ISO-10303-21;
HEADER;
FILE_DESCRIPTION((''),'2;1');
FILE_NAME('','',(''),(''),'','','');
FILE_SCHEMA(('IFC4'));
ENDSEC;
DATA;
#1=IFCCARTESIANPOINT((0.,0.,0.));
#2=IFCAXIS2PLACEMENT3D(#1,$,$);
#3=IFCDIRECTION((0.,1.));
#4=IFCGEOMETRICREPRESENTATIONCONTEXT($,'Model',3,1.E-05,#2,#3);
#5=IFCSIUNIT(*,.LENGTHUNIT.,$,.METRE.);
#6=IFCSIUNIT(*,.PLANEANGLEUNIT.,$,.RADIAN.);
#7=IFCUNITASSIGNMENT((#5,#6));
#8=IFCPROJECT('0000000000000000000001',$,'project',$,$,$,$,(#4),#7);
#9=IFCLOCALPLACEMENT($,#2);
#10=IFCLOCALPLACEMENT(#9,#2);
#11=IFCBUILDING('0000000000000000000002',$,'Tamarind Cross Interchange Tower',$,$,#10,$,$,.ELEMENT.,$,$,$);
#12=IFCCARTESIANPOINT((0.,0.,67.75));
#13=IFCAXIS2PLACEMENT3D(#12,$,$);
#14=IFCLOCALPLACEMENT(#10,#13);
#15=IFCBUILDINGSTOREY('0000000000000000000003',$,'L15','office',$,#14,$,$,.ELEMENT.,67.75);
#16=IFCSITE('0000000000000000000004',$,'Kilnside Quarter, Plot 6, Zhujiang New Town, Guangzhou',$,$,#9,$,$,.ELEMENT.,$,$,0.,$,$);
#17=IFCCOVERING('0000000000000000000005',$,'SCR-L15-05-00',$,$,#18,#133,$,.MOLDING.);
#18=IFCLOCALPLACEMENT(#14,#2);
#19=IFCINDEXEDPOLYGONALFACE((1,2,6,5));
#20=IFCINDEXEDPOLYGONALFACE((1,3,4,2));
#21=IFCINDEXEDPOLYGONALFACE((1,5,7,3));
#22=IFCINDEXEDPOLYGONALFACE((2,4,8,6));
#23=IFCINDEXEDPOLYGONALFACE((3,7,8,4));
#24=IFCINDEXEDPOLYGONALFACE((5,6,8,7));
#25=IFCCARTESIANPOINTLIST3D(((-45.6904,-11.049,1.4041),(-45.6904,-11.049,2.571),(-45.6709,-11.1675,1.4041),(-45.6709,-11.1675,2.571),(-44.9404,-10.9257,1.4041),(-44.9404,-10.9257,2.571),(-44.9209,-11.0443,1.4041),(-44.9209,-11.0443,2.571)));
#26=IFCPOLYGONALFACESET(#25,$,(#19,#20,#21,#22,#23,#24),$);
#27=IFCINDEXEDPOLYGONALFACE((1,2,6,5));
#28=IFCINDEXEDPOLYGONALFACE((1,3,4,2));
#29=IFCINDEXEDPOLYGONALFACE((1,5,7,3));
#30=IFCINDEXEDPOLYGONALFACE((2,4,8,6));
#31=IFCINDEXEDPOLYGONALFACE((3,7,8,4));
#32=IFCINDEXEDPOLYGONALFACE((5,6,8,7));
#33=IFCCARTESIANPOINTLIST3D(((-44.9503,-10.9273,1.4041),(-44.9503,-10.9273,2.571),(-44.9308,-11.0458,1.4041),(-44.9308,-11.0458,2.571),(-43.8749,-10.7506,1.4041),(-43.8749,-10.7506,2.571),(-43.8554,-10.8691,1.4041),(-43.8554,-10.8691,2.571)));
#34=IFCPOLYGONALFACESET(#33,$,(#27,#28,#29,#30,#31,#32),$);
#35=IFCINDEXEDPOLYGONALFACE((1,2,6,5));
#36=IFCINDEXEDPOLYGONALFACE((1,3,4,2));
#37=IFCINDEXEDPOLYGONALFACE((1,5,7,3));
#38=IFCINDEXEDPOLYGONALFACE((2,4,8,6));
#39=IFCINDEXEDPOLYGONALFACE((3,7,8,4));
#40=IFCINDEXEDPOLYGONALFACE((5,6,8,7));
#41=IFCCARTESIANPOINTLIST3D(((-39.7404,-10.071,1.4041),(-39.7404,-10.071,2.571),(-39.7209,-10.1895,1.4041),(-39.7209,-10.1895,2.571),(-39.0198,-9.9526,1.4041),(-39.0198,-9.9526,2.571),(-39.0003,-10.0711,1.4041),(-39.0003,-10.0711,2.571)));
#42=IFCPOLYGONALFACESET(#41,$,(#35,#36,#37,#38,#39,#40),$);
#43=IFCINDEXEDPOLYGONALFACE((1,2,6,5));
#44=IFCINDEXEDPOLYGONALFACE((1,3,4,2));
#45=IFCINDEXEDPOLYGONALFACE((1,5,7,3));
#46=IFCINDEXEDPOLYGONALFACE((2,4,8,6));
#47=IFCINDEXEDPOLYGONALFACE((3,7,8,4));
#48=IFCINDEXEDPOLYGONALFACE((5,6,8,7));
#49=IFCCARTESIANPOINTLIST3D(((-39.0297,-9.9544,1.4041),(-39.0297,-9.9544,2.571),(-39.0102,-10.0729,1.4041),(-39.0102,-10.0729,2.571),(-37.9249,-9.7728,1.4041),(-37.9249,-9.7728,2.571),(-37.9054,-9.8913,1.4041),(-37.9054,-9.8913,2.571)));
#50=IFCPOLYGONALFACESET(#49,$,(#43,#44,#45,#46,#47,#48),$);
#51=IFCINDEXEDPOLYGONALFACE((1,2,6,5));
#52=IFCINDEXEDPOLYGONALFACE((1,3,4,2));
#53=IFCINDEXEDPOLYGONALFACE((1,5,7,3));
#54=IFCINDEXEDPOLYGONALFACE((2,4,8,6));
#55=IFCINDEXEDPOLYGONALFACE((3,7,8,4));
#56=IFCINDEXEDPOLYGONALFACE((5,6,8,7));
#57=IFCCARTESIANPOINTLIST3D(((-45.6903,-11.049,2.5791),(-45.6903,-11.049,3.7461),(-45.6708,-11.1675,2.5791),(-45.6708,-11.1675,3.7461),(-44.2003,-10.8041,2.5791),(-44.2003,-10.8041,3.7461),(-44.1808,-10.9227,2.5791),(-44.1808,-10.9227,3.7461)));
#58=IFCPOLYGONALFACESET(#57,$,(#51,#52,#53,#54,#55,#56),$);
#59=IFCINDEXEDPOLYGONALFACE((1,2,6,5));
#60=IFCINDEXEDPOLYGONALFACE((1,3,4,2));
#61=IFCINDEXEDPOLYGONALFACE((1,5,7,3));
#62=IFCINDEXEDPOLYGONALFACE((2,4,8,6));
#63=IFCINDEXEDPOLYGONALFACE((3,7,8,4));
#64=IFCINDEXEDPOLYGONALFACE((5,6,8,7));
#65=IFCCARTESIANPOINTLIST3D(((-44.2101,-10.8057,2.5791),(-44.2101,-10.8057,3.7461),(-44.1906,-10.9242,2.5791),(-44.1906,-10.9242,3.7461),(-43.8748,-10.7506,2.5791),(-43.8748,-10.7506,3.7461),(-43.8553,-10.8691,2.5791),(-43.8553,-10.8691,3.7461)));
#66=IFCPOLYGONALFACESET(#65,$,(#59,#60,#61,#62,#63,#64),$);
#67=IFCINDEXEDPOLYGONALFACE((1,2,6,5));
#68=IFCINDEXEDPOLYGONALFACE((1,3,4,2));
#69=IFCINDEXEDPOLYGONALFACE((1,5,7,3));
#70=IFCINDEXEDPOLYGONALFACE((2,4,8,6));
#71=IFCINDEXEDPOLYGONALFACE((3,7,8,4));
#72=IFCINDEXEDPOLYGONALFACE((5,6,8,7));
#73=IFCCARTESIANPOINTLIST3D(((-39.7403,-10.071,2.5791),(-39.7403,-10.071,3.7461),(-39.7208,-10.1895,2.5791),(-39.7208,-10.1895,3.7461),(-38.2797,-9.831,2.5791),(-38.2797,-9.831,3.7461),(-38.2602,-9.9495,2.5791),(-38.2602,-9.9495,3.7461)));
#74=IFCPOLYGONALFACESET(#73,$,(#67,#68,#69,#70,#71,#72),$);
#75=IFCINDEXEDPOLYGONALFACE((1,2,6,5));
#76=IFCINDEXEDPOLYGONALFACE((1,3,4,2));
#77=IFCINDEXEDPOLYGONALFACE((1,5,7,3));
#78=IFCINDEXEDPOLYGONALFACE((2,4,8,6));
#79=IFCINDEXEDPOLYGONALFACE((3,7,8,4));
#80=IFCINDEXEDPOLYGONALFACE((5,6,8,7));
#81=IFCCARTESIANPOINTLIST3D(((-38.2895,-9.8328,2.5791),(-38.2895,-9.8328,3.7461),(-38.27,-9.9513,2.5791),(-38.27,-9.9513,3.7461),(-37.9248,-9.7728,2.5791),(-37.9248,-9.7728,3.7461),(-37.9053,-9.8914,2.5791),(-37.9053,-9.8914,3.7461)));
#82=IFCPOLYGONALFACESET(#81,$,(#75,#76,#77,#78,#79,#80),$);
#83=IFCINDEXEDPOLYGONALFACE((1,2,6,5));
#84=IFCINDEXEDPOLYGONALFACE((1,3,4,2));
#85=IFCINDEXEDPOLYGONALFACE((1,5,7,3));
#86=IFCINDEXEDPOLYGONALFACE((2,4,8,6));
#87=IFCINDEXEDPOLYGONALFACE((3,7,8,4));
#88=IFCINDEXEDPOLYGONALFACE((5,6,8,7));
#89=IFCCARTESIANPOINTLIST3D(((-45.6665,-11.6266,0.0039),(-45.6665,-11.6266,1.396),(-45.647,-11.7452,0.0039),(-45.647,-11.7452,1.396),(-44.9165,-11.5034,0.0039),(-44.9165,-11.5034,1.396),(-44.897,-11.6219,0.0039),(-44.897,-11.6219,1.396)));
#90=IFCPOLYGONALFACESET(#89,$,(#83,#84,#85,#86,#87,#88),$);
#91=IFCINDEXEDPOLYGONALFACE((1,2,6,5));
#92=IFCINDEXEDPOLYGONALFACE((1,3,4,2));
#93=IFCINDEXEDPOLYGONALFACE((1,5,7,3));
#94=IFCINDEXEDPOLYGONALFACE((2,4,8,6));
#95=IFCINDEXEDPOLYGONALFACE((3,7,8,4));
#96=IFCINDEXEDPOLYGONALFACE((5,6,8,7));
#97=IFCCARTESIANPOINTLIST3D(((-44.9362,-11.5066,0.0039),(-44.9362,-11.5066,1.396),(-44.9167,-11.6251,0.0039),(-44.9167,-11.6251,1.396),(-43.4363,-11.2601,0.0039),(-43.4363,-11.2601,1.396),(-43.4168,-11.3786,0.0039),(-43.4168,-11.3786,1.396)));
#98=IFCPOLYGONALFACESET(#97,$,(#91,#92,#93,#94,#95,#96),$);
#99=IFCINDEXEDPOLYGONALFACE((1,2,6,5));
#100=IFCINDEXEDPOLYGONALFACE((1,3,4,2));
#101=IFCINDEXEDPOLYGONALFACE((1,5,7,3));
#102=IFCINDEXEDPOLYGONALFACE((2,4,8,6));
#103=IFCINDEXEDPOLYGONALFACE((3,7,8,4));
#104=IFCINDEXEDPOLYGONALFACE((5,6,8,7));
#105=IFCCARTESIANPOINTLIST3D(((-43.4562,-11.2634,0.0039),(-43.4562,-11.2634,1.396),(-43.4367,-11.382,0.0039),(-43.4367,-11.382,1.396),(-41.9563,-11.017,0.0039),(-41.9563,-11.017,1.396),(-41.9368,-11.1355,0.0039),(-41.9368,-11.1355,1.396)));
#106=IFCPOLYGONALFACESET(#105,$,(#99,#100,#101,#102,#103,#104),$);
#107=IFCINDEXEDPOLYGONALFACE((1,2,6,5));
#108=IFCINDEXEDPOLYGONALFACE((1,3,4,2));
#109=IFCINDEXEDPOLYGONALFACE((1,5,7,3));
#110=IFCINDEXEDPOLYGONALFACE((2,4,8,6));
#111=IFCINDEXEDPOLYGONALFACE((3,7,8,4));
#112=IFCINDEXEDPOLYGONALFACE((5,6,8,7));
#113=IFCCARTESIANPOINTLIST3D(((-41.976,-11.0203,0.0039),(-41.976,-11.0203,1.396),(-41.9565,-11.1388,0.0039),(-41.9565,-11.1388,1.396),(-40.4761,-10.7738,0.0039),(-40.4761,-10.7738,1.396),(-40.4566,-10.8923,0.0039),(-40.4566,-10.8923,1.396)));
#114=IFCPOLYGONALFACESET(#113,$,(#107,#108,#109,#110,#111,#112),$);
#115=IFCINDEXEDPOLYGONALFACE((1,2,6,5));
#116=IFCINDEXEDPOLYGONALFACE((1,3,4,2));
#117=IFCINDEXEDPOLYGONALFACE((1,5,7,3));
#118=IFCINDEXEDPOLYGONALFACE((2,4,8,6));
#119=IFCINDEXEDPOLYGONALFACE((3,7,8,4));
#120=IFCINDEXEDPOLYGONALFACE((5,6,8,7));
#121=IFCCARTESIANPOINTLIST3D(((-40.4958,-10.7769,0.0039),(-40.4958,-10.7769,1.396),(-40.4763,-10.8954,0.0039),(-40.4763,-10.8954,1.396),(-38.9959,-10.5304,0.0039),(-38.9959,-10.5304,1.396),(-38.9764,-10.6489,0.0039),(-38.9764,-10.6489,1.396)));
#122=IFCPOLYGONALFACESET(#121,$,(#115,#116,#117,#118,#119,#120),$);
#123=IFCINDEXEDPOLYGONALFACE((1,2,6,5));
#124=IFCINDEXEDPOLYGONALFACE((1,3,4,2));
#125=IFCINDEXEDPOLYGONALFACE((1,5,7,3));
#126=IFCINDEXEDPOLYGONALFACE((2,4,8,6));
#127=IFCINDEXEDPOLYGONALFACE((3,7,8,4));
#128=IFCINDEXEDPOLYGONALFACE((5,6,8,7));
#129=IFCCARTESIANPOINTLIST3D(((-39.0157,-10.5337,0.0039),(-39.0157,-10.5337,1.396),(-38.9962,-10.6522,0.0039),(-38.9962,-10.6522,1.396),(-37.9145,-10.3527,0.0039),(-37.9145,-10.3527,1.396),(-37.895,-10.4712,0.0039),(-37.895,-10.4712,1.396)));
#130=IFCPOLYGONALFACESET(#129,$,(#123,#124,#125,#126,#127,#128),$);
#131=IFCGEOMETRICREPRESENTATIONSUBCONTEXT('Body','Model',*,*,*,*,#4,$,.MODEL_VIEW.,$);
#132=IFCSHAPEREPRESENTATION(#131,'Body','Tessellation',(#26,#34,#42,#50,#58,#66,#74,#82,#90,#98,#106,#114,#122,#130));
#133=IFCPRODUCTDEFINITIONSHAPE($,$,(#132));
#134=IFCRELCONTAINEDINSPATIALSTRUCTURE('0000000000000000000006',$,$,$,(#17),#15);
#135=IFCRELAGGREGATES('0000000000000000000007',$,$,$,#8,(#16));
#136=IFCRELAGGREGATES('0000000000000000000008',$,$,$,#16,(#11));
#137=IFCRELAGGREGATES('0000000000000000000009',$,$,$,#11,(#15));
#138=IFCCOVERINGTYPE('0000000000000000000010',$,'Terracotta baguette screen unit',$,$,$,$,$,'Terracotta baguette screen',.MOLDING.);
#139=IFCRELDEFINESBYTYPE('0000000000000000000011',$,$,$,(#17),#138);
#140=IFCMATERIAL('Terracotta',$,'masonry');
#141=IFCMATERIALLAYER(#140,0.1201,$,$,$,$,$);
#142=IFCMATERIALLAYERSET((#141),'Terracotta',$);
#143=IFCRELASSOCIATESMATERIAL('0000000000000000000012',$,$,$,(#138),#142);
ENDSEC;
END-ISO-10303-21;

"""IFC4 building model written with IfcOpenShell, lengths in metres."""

from ifc_helpers import new_model, si_unit, direction, frame, origin, origin_2d, place, context, subcontext, project, spatial, rectangle, extrude, material, layer, layer_set, type_object, element, save


model = new_model("IFC4")

# Units and contexts
model_context = context("Model", 3, precision=1e-05, world=origin(), true_north=direction((0.0, 1.0)))
body_context = subcontext(model_context, "Body", "Model", "MODEL_VIEW")
ifc_project = project(units=[si_unit("LENGTHUNIT", "METRE"), si_unit("PLANEANGLEUNIT", "RADIAN")], contexts=[model_context])

# Site, building, storey
site_placement = place(None, origin())
site = spatial("IfcSite", under=ifc_project, at=site_placement, Name="Kilnside Quarter, Plot 6, Zhujiang New Town, Guangzhou", CompositionType="ELEMENT", RefElevation=0.0)
building_placement = place(site_placement, origin())
building = spatial("IfcBuilding", under=site, at=building_placement, Name="Tamarind Cross Interchange Tower", CompositionType="ELEMENT")
storey_placement = place(building_placement, frame((0.0, 0.0, 67.75)))
storey = spatial("IfcBuildingStorey", under=building, at=storey_placement, Name="L15", Description="office", CompositionType="ELEMENT", Elevation=67.75)

# Covering
ifc_material_1 = material(Name="Terracotta", Category="masonry")
ifc_layer_1 = layer(ifc_material_1, 0.1201)
ifc_layer_set_1 = layer_set([ifc_layer_1], Name="Terracotta")
covering_type = type_object("IfcCoveringType", Name="Terracotta baguette screen unit", ElementType="Terracotta baguette screen", PredefinedType="MOLDING", material=ifc_layer_set_1)
covering_1_placement = place(storey_placement, origin())
element("IfcCovering", 1, at=covering_1_placement, inside=storey, type_object=covering_type, Name="SCR-L15-05-00", PredefinedType="MOLDING", context=body_context, shape_type="SweptSolid", body=[
    extrude(rectangle(XDim=0.76, YDim=0.1201, at=origin_2d()), frame((-45.3057, -11.0466, 1.4041), z_axis=(0.0, 0.0, 1.0), x_axis=(0.986764, 0.162164, 0.0)), (0.0, 0.0, 1.0), 1.167),
    extrude(rectangle(XDim=1.0898, YDim=0.1201, at=origin_2d()), frame((-44.4028, -10.8982, 1.4041), z_axis=(0.0, 0.0, 1.0), x_axis=(0.986764, 0.162164, 0.0)), (0.0, 0.0, 1.0), 1.167),
    extrude(rectangle(XDim=0.7302, YDim=0.1201, at=origin_2d()), frame((-39.3704, -10.071, 1.4041), z_axis=(0.0, 0.0, 1.0), x_axis=(0.986764, 0.162164, 0.0)), (0.0, 0.0, 1.0), 1.167),
    extrude(rectangle(XDim=1.1196, YDim=0.1201, at=origin_2d()), frame((-38.4675, -9.9229, 1.4041), z_axis=(0.0, 0.0, 1.0), x_axis=(0.986764, 0.162164, 0.0)), (0.0, 0.0, 1.0), 1.167),
    extrude(rectangle(XDim=1.51, YDim=0.1201, at=origin_2d()), frame((-44.9355, -10.9858, 2.5791), z_axis=(0.0, 0.0, 1.0), x_axis=(0.986764, 0.162164, 0.0)), (0.0, 0.0, 1.0), 1.167),
    extrude(rectangle(XDim=0.3398, YDim=0.1201, at=origin_2d()), frame((-44.0327, -10.8374, 2.5791), z_axis=(0.0, 0.0, 1.0), x_axis=(0.986764, 0.162164, 0.0)), (0.0, 0.0, 1.0), 1.167),
    extrude(rectangle(XDim=1.4802, YDim=0.1201, at=origin_2d()), frame((-39.0002, -10.0103, 2.5791), z_axis=(0.0, 0.0, 1.0), x_axis=(0.986764, 0.162164, 0.0)), (0.0, 0.0, 1.0), 1.167),
    extrude(rectangle(XDim=0.3696, YDim=0.1201, at=origin_2d()), frame((-38.0974, -9.8621, 2.5791), z_axis=(0.0, 0.0, 1.0), x_axis=(0.986764, 0.162164, 0.0)), (0.0, 0.0, 1.0), 1.167),
    extrude(rectangle(XDim=0.76, YDim=0.1201, at=origin_2d()), frame((-45.2817, -11.6243, 0.0039), z_axis=(0.0, 0.0, 1.0), x_axis=(0.986764, 0.162164, 0.0)), (0.0, 0.0, 1.0), 1.3921),
    extrude(rectangle(XDim=1.52, YDim=0.1201, at=origin_2d()), frame((-44.1765, -11.4426, 0.0039), z_axis=(0.0, 0.0, 1.0), x_axis=(0.986764, 0.162164, 0.0)), (0.0, 0.0, 1.0), 1.3921),
    extrude(rectangle(XDim=1.52, YDim=0.1201, at=origin_2d()), frame((-42.6965, -11.1995, 0.0039), z_axis=(0.0, 0.0, 1.0), x_axis=(0.986764, 0.162164, 0.0)), (0.0, 0.0, 1.0), 1.3921),
    extrude(rectangle(XDim=1.52, YDim=0.1201, at=origin_2d()), frame((-41.2163, -10.9563, 0.0039), z_axis=(0.0, 0.0, 1.0), x_axis=(0.986764, 0.162164, 0.0)), (0.0, 0.0, 1.0), 1.3921),
    extrude(rectangle(XDim=1.52, YDim=0.1201, at=origin_2d()), frame((-39.7361, -10.7129, 0.0039), z_axis=(0.0, 0.0, 1.0), x_axis=(0.986764, 0.162164, 0.0)), (0.0, 0.0, 1.0), 1.3921),
    extrude(rectangle(XDim=1.116, YDim=0.1201, at=origin_2d()), frame((-38.4553, -10.5024, 0.0039), z_axis=(0.0, 0.0, 1.0), x_axis=(0.986764, 0.162164, 0.0)), (0.0, 0.0, 1.0), 1.3921),
])

save(model, "model.ifc")
